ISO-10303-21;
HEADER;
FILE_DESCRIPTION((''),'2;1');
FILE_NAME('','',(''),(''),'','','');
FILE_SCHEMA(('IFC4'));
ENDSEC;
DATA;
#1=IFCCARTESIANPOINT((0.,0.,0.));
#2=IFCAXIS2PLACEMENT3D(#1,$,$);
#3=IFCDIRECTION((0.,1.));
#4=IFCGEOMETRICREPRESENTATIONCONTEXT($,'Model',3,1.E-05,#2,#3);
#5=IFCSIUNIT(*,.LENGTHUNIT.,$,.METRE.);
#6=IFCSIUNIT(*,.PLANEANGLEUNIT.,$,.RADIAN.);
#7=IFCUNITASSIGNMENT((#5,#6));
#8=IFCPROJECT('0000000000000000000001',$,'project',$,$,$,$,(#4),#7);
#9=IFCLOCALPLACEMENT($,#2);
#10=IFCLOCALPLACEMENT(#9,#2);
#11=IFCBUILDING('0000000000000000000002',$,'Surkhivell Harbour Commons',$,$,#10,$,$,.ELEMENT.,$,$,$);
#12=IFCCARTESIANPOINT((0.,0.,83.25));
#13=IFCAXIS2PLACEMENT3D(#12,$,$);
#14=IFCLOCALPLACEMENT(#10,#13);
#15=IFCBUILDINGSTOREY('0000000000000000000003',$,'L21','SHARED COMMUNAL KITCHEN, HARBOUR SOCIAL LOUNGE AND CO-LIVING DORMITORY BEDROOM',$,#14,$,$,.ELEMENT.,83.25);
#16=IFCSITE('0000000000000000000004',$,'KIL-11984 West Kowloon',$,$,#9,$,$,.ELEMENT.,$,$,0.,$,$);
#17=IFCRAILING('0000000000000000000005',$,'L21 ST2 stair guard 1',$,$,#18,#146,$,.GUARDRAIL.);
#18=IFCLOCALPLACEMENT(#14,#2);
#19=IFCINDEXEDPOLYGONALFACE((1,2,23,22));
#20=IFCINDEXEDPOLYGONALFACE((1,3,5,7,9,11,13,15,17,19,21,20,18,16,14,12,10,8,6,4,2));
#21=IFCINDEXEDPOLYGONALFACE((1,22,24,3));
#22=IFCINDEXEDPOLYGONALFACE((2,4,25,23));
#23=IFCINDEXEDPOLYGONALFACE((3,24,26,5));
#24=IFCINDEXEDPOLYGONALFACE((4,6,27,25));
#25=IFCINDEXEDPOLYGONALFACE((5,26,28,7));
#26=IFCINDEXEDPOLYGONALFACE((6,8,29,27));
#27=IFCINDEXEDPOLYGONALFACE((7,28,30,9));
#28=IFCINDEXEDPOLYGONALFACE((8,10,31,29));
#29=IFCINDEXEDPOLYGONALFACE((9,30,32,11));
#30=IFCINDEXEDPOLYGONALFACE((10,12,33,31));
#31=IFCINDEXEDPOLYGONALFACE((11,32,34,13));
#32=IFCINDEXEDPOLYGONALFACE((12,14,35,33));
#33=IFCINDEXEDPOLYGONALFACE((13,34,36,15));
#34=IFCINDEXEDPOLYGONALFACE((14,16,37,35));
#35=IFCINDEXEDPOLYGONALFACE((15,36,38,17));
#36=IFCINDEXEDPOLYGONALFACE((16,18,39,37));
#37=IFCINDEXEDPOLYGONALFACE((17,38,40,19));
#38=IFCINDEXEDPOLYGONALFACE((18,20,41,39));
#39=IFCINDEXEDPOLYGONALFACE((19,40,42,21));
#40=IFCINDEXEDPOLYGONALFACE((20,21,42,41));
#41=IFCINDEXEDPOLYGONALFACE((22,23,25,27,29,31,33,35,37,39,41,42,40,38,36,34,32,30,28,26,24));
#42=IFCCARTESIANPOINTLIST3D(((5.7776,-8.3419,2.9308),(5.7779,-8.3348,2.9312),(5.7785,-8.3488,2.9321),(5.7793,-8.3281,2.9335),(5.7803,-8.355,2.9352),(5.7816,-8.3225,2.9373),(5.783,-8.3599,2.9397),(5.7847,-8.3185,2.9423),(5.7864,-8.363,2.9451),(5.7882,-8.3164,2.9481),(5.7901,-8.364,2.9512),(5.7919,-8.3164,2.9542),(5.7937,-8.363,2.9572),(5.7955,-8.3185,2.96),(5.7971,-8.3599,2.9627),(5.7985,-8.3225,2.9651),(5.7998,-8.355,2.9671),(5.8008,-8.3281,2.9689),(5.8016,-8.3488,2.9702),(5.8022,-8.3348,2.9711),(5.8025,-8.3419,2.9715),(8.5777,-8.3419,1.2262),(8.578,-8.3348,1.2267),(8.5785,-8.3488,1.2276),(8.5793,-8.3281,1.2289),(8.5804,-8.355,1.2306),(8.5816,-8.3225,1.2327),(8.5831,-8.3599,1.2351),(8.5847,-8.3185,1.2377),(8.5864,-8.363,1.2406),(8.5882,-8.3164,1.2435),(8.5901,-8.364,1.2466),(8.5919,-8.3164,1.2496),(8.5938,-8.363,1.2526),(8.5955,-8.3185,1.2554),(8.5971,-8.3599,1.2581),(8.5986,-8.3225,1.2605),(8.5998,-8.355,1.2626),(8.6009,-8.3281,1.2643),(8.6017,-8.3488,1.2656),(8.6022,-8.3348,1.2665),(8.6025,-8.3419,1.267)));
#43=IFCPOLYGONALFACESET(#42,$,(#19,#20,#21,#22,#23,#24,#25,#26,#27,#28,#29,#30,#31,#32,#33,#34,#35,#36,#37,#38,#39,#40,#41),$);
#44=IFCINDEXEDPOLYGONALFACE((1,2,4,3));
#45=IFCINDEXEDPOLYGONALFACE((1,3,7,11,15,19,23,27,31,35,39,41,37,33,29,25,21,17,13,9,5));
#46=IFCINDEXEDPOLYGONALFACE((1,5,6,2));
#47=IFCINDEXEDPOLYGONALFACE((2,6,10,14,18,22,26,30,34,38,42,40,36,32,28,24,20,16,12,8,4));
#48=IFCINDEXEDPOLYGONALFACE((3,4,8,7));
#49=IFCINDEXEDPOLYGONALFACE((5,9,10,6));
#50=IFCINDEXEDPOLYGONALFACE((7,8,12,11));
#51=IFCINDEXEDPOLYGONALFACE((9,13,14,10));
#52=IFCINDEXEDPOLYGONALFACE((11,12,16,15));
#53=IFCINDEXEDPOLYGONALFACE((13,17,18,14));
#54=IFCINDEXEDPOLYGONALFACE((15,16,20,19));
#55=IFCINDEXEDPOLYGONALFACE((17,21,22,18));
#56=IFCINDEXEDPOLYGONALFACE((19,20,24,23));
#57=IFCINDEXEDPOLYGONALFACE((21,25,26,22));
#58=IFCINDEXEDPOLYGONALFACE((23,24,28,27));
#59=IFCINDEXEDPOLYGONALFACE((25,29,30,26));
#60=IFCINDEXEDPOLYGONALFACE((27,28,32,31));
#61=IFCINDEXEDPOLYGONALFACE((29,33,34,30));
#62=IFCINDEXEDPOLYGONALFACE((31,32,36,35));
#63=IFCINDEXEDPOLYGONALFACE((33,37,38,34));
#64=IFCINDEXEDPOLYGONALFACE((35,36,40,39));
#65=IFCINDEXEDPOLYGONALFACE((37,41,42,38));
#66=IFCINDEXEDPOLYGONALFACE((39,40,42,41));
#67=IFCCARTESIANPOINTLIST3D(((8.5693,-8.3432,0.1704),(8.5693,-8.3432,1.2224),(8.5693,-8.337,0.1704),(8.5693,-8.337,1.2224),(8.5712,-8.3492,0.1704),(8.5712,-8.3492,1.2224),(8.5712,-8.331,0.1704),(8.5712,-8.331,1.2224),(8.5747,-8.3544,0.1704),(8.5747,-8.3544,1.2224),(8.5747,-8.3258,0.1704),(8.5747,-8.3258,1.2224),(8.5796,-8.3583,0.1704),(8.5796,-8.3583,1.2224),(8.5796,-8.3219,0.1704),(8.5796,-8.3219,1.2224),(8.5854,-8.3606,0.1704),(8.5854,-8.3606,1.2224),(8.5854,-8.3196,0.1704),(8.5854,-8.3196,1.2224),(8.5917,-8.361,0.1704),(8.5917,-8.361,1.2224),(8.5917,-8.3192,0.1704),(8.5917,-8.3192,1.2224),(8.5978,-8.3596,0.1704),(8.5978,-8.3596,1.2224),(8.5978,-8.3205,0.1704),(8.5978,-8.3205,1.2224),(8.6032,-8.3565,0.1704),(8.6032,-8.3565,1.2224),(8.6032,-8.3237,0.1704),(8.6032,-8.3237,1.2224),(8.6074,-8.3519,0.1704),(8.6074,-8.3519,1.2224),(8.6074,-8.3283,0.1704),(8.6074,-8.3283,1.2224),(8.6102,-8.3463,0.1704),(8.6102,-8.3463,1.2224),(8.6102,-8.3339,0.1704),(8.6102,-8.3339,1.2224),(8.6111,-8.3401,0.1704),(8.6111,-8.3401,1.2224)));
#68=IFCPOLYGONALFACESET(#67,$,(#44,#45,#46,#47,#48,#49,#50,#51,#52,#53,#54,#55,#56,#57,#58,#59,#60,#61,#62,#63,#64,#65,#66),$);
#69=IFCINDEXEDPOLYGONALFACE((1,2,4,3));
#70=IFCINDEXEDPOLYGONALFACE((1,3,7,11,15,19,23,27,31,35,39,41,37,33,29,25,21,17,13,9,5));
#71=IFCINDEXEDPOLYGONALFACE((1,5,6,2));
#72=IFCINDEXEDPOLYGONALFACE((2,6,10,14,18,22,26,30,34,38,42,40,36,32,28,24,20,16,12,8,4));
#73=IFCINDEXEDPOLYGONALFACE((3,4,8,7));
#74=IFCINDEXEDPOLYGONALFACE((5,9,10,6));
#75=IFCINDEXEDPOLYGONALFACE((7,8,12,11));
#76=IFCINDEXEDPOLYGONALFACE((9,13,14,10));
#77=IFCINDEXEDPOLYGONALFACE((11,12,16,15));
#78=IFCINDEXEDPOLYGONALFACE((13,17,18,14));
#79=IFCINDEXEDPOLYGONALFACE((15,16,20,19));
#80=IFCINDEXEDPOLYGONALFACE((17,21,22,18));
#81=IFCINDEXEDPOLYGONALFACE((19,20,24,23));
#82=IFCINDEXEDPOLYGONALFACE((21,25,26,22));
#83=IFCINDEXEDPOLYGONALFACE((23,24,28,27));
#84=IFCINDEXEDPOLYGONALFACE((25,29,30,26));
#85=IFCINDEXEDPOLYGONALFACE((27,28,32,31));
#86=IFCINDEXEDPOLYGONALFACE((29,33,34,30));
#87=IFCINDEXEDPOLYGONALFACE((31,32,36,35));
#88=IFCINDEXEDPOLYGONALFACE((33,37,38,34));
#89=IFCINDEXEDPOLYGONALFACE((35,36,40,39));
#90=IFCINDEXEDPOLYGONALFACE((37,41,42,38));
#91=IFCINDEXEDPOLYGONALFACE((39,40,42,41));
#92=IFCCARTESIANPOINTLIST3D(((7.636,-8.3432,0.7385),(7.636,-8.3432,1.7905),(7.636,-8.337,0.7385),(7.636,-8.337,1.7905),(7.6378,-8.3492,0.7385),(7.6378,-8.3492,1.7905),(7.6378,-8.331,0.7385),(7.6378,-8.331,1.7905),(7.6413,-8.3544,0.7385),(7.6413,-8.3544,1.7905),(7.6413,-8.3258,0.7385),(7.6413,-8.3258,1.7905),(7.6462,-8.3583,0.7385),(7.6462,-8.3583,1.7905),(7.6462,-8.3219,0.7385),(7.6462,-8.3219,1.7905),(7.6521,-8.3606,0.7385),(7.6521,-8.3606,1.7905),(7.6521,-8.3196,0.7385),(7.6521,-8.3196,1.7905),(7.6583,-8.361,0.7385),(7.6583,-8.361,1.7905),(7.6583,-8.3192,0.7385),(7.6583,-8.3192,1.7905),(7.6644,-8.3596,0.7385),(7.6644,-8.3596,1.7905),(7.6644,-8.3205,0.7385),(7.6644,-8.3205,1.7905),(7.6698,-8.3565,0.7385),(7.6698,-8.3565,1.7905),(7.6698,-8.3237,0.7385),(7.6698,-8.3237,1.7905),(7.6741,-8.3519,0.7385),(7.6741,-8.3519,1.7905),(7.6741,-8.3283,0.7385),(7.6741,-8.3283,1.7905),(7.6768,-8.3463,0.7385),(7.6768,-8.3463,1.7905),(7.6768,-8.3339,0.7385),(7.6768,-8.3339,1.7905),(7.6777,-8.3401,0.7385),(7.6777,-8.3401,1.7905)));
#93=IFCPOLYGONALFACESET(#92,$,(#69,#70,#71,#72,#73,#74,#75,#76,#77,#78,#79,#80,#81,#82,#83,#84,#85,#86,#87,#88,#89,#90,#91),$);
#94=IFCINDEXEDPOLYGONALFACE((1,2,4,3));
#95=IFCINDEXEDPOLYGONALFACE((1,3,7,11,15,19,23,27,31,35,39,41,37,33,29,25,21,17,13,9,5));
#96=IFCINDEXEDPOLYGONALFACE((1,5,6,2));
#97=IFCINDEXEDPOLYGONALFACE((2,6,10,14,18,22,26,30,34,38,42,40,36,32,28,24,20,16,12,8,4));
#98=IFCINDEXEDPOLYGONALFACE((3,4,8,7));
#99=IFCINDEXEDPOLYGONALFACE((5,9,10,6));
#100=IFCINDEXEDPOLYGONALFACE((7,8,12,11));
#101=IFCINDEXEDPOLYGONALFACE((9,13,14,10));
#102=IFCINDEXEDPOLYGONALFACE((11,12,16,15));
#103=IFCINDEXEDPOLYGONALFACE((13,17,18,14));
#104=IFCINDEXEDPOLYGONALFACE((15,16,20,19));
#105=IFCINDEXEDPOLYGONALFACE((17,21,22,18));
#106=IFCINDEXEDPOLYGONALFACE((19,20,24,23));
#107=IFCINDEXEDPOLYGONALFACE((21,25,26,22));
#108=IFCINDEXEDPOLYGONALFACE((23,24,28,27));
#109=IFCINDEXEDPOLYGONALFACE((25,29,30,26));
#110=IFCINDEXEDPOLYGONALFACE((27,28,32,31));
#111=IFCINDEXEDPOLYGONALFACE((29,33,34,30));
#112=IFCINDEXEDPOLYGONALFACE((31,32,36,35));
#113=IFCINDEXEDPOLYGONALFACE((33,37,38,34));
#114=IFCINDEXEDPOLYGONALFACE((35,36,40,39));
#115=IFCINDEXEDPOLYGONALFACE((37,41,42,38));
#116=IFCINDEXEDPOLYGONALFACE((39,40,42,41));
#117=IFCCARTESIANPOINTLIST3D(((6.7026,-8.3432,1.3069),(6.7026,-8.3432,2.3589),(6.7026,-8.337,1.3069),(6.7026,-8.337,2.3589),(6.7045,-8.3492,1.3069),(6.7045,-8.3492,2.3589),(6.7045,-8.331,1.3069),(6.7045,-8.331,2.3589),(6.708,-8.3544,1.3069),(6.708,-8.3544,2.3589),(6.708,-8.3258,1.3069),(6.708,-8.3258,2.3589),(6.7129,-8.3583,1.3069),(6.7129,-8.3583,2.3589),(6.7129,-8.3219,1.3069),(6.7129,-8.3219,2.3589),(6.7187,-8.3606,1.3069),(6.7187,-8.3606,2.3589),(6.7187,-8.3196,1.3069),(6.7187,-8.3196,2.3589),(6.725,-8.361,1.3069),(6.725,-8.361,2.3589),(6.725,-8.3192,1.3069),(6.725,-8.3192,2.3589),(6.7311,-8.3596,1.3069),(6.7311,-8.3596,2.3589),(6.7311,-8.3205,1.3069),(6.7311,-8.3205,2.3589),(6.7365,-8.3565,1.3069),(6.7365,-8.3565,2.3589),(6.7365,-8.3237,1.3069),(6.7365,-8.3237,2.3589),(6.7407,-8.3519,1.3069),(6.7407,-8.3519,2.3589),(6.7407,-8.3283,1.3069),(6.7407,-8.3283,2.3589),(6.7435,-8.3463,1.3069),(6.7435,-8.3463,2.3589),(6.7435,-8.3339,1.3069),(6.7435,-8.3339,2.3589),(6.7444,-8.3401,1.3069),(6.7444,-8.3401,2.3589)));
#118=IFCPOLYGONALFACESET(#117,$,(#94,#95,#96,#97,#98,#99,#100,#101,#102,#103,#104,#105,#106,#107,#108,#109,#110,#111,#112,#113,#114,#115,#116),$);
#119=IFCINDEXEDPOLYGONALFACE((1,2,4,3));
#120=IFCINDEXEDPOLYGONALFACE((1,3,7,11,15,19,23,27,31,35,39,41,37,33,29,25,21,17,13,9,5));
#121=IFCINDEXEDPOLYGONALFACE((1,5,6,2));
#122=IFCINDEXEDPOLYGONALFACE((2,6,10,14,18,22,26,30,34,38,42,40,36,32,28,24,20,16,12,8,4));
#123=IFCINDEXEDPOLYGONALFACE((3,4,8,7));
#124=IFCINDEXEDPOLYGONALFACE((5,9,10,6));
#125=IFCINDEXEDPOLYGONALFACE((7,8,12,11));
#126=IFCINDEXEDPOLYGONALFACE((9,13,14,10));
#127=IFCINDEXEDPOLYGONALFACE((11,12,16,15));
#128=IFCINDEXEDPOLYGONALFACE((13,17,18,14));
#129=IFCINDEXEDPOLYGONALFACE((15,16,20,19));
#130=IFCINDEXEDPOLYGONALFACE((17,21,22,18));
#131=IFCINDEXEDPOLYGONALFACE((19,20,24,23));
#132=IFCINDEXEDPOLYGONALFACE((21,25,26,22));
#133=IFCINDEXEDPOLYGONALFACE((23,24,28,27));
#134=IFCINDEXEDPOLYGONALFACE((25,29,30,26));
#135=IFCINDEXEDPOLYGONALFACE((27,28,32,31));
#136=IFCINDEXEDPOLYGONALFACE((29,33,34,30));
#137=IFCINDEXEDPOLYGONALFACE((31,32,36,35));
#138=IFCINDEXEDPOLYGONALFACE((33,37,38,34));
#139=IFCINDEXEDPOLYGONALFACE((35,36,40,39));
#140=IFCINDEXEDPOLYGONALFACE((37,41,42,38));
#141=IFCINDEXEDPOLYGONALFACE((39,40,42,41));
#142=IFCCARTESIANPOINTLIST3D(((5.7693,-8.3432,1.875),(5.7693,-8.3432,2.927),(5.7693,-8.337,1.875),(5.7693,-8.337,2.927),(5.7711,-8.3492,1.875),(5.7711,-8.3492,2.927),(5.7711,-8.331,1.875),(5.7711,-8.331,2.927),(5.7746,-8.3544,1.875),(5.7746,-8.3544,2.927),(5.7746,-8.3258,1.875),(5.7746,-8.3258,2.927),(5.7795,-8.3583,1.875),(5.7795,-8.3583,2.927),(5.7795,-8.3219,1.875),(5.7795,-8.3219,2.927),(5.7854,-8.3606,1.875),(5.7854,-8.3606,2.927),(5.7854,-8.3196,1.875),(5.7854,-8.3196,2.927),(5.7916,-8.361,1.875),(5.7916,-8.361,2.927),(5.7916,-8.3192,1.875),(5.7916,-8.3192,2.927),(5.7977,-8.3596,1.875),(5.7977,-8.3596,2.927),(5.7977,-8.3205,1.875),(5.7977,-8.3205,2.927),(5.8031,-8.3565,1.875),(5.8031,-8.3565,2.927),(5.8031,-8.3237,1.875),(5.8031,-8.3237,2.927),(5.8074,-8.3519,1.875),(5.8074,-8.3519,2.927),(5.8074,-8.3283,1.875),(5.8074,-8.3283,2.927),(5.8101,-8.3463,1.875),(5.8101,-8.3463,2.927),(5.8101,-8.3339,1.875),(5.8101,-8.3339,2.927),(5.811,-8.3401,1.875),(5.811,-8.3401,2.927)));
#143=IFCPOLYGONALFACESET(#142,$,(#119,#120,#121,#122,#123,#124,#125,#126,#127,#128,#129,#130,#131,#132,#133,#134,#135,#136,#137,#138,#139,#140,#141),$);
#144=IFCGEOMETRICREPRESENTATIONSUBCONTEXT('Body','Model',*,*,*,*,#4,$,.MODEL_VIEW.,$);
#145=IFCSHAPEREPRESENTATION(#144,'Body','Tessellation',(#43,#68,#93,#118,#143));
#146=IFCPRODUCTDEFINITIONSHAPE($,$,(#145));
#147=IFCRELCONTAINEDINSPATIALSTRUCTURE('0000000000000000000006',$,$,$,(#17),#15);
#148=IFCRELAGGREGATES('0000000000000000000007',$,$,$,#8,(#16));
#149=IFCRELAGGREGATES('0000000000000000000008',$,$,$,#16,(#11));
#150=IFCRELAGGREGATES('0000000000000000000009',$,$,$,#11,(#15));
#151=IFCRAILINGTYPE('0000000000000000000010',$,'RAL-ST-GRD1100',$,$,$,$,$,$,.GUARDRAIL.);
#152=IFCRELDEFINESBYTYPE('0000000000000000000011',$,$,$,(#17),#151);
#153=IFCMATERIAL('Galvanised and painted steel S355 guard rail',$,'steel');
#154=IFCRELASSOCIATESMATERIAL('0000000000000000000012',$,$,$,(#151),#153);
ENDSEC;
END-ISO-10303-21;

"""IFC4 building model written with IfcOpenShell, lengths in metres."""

from ifc_helpers import new_model, si_unit, direction, frame, origin, origin_2d, place, context, subcontext, project, spatial, circle, extrude, material, type_object, element, save


model = new_model("IFC4")

# Units and contexts
model_context = context("Model", 3, precision=1e-05, world=origin(), true_north=direction((0.0, 1.0)))
body_context = subcontext(model_context, "Body", "Model", "MODEL_VIEW")
ifc_project = project(units=[si_unit("LENGTHUNIT", "METRE"), si_unit("PLANEANGLEUNIT", "RADIAN")], contexts=[model_context])

# Site, building, storey
site_placement = place(None, origin())
site = spatial("IfcSite", under=ifc_project, at=site_placement, Name="KIL-11984 West Kowloon", CompositionType="ELEMENT", RefElevation=0.0)
building_placement = place(site_placement, origin())
building = spatial("IfcBuilding", under=site, at=building_placement, Name="Surkhivell Harbour Commons", CompositionType="ELEMENT")
storey_placement = place(building_placement, frame((0.0, 0.0, 83.25)))
storey = spatial("IfcBuildingStorey", under=building, at=storey_placement, Name="L21", Description="SHARED COMMUNAL KITCHEN, HARBOUR SOCIAL LOUNGE AND CO-LIVING DORMITORY BEDROOM", CompositionType="ELEMENT", Elevation=83.25)

# Railing
ifc_material_1 = material(Name="Galvanised and painted steel S355 guard rail", Category="steel")
railing_type_1 = type_object("IfcRailingType", Name="RAL-ST-GRD1100", PredefinedType="GUARDRAIL", material=ifc_material_1)
railing_1_placement = place(storey_placement, frame((8.5901, -8.3401, 0.1704)))
element("IfcRailing", 1, at=railing_1_placement, inside=storey, type_object=railing_type_1, Name="L21 ST2 stair guard 1", PredefinedType="GUARDRAIL", context=body_context, shape_type="SweptSolid", body=[
    extrude(circle(Radius=0.0239, at=origin_2d()), frame((0.0, 0.0, 1.0762), z_axis=(-0.85417, 0.0, 0.519994), x_axis=(0.0, -1.0, 0.0)), (0.0, 0.0, 1.0), 3.2781),
    extrude(circle(Radius=0.021, at=origin_2d()), origin(), (0.0, 0.0, 1.0), 1.052),
    extrude(circle(Radius=0.021, at=origin_2d()), frame((-0.9333, 0.0, 0.5681)), (0.0, 0.0, 1.0), 1.052),
    extrude(circle(Radius=0.021, at=origin_2d()), frame((-1.8667, 0.0, 1.1365)), (0.0, 0.0, 1.0), 1.052),
    extrude(circle(Radius=0.021, at=origin_2d()), frame((-2.8, 0.0, 1.7046)), (0.0, 0.0, 1.0), 1.052),
])

save(model, "model.ifc")
